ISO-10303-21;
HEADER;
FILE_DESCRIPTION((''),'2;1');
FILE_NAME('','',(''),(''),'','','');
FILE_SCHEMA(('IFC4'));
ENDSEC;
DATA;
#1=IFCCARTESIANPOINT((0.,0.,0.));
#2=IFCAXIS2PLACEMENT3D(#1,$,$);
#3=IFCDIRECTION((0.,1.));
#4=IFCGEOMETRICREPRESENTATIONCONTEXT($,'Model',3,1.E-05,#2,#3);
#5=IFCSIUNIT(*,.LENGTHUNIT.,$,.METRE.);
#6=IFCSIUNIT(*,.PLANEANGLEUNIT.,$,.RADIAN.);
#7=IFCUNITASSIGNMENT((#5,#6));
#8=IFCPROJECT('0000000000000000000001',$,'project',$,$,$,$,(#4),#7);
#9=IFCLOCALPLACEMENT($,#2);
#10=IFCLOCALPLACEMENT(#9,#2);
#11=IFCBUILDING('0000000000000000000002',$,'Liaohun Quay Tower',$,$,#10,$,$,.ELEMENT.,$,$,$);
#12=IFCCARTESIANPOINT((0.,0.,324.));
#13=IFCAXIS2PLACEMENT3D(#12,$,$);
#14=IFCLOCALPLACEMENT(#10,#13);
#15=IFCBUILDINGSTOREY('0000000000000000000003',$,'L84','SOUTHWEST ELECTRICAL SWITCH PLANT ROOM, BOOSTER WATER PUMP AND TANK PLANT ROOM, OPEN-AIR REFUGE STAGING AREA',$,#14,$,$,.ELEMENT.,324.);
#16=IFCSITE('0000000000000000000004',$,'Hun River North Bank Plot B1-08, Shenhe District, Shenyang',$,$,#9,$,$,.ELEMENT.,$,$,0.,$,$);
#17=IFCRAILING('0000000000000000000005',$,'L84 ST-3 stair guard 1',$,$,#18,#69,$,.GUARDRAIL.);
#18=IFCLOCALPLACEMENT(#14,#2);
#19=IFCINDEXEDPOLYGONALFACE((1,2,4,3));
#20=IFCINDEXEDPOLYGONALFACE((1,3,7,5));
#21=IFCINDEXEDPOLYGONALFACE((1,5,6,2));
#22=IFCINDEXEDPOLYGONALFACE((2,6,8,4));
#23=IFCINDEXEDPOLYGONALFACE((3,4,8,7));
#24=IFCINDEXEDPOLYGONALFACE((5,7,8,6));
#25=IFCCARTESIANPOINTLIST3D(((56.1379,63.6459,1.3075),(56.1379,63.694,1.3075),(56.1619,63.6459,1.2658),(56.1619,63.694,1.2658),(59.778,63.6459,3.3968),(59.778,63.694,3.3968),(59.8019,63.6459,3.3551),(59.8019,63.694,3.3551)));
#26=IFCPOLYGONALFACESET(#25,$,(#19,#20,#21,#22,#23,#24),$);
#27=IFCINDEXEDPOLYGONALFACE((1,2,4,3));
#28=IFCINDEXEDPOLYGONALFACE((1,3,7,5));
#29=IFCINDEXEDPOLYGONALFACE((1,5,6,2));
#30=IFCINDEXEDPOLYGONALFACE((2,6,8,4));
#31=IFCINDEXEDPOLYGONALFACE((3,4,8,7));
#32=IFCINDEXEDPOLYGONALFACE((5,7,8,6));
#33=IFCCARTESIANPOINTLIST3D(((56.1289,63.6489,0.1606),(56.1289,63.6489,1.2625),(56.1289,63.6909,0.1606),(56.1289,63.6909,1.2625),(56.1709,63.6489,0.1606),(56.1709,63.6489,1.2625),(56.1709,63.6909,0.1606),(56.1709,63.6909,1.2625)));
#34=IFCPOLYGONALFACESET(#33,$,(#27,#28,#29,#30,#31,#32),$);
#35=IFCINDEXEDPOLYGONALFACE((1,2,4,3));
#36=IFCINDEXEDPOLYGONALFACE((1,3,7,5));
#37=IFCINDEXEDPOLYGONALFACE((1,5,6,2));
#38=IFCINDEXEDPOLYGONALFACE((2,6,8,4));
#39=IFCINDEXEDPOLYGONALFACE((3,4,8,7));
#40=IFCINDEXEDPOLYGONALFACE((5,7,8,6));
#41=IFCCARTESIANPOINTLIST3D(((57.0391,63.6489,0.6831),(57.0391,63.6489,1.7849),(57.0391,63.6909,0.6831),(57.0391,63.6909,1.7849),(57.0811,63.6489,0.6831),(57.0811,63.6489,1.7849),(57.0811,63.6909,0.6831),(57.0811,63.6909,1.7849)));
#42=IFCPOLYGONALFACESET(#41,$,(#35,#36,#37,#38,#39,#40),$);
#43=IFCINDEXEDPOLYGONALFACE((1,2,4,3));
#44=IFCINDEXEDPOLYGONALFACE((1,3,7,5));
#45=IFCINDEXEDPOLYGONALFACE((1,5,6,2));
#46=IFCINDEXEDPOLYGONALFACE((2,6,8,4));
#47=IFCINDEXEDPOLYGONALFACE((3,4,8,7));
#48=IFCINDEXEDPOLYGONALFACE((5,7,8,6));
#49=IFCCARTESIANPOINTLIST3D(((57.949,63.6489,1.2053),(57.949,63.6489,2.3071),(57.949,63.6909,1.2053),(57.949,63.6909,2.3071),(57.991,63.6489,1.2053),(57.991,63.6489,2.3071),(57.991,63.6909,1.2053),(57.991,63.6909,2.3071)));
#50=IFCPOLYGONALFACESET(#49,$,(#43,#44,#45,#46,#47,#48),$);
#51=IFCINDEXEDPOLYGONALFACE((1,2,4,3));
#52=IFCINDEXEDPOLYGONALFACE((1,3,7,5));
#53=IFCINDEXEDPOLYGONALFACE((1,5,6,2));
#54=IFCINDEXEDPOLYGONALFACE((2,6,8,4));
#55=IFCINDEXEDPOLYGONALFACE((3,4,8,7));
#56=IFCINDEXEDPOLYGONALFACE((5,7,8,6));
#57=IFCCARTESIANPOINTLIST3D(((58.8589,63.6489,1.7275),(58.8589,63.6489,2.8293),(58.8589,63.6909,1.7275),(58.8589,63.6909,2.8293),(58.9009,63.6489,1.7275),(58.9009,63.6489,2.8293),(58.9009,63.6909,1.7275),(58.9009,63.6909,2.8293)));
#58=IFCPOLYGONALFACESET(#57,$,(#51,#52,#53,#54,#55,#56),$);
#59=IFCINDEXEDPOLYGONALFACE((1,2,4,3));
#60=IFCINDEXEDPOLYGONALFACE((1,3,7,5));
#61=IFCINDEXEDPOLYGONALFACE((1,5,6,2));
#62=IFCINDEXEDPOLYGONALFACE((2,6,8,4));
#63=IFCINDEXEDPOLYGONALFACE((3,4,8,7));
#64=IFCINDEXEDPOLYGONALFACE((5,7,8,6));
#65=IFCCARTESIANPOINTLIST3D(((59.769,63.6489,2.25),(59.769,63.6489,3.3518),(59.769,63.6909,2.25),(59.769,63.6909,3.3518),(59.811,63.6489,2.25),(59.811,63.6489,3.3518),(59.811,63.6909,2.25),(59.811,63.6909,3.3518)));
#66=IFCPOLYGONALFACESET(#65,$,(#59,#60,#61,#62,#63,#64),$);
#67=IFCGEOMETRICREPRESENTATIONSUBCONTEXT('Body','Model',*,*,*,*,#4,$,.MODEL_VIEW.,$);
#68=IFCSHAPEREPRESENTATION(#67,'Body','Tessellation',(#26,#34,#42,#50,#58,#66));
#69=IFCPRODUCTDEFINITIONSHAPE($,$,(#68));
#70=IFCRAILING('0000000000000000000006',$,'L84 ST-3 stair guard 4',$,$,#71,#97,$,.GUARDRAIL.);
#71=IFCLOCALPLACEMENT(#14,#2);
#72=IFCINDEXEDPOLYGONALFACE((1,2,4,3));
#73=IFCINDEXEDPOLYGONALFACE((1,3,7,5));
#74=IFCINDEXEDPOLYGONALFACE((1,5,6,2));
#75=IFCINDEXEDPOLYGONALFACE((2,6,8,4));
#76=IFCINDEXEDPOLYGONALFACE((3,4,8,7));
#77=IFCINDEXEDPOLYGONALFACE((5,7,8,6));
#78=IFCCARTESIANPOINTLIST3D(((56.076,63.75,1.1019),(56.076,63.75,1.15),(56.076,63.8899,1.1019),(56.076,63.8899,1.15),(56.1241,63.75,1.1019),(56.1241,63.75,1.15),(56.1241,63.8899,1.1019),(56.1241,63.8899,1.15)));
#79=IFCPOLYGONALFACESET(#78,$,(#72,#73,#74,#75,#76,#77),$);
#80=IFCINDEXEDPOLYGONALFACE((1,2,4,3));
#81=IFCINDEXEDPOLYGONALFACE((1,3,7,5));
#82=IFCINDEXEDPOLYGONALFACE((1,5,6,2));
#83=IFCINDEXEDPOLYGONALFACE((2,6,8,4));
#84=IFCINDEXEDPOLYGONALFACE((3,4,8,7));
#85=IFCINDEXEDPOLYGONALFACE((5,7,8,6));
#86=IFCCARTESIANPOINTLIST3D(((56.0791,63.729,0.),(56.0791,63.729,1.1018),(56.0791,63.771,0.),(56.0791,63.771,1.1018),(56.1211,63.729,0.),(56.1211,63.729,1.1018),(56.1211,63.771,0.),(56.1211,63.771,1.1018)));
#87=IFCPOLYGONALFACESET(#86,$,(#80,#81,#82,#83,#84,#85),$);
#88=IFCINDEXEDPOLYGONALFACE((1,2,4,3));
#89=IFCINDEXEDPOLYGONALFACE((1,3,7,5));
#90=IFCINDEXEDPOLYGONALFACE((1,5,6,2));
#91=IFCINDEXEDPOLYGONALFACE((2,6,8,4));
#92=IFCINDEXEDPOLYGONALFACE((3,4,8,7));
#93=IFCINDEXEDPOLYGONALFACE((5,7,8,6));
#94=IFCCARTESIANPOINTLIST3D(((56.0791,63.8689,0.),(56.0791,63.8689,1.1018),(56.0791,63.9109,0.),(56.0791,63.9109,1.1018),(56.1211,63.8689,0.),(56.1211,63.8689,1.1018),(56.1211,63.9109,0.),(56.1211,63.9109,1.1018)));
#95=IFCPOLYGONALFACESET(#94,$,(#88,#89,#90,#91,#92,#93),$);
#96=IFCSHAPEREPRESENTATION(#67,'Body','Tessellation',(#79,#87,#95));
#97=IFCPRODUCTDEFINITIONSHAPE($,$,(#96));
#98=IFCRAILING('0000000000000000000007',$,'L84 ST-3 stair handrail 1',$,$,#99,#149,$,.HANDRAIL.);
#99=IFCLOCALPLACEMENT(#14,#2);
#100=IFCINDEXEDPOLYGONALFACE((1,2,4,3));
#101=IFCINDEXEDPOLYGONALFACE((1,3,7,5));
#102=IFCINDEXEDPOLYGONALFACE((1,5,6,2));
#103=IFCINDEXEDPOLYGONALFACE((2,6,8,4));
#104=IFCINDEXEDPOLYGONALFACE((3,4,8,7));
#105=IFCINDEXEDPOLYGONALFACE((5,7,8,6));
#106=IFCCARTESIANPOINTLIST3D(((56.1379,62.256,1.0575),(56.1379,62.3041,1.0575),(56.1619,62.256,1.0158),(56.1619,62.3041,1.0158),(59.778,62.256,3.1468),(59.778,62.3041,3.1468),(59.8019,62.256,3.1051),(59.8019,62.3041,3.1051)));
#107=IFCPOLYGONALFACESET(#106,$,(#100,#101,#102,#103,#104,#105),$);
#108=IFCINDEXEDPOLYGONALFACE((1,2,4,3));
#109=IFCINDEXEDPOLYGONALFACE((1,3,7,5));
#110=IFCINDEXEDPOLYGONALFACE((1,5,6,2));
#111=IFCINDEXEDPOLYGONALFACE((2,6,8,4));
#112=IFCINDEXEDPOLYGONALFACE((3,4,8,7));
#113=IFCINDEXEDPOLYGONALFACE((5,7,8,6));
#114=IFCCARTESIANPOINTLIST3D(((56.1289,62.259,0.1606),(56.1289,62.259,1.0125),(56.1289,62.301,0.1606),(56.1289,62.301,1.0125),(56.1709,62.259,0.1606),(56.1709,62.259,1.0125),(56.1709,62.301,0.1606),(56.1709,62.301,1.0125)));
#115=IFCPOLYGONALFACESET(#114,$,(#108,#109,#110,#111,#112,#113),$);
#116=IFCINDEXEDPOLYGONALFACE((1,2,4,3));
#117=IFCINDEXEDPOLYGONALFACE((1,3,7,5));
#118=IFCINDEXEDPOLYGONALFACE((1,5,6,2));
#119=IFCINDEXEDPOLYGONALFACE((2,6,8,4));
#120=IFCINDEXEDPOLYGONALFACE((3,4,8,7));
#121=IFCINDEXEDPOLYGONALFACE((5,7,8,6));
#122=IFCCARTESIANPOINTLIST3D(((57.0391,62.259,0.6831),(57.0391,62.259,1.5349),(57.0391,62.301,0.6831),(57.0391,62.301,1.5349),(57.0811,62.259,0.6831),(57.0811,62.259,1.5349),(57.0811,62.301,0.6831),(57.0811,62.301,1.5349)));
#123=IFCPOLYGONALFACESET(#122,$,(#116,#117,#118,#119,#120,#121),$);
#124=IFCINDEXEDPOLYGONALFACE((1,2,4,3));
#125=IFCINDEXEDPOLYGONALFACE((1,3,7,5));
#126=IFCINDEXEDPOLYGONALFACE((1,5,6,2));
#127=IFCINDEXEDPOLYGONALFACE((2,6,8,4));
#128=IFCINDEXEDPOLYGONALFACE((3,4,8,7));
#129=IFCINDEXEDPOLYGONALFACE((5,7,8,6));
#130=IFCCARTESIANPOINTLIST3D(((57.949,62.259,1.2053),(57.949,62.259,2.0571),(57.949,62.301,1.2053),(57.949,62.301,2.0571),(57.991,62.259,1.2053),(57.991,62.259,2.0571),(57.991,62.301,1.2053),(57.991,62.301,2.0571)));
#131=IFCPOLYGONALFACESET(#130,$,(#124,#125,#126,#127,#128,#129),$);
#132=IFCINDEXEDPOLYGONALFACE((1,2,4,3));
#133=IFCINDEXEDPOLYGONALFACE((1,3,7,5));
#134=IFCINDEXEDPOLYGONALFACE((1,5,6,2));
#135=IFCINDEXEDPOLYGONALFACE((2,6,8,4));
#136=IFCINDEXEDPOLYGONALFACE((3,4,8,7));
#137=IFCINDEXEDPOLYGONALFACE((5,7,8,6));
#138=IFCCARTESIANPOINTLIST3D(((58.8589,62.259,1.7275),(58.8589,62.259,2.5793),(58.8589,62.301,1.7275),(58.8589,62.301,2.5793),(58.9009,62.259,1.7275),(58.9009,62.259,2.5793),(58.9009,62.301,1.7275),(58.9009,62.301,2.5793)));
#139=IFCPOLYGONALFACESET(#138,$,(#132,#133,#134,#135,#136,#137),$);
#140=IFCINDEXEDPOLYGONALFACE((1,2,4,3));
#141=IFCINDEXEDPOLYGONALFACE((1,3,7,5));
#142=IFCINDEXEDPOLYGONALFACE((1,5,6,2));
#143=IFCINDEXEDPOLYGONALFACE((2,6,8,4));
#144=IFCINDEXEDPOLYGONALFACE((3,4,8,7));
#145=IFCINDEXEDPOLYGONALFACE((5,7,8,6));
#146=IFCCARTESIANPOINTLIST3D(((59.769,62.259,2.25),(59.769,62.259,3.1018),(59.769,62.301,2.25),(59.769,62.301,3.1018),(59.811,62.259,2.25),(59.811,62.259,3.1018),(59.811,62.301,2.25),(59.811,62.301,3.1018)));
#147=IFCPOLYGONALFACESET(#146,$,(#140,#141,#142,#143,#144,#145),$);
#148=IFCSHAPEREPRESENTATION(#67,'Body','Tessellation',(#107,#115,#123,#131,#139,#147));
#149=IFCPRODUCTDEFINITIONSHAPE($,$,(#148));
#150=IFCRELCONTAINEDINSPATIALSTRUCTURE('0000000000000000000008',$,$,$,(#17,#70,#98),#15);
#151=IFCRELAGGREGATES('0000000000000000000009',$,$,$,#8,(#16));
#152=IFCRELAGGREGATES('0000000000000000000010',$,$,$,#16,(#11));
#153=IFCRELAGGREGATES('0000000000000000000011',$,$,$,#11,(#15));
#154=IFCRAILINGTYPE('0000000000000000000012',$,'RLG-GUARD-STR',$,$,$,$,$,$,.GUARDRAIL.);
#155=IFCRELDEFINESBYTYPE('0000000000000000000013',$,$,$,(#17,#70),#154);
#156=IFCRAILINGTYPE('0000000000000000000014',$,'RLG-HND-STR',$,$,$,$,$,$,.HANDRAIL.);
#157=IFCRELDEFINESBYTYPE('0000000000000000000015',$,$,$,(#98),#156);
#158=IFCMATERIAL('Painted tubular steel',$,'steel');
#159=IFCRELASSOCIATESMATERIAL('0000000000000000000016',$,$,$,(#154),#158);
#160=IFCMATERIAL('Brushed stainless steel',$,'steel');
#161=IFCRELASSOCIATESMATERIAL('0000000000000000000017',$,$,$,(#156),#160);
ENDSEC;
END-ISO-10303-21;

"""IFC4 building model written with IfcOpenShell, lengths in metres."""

from ifc_helpers import new_model, si_unit, direction, frame, origin, origin_2d, place, context, subcontext, project, spatial, rectangle, extrude, material, type_object, element, save


model = new_model("IFC4")

# Units and contexts
model_context = context("Model", 3, precision=1e-05, world=origin(), true_north=direction((0.0, 1.0)))
body_context = subcontext(model_context, "Body", "Model", "MODEL_VIEW")
ifc_project = project(units=[si_unit("LENGTHUNIT", "METRE"), si_unit("PLANEANGLEUNIT", "RADIAN")], contexts=[model_context])

# Site, building, storey
site_placement = place(None, origin())
site = spatial("IfcSite", under=ifc_project, at=site_placement, Name="Hun River North Bank Plot B1-08, Shenhe District, Shenyang", CompositionType="ELEMENT", RefElevation=0.0)
building_placement = place(site_placement, origin())
building = spatial("IfcBuilding", under=site, at=building_placement, Name="Liaohun Quay Tower", CompositionType="ELEMENT")
storey_placement = place(building_placement, frame((0.0, 0.0, 324.0)))
storey = spatial("IfcBuildingStorey", under=building, at=storey_placement, Name="L84", Description="SOUTHWEST ELECTRICAL SWITCH PLANT ROOM, BOOSTER WATER PUMP AND TANK PLANT ROOM, OPEN-AIR REFUGE STAGING AREA", CompositionType="ELEMENT", Elevation=324.0)

# Railings
ifc_material_1 = material(Name="Painted tubular steel", Category="steel")
railing_type_1 = type_object("IfcRailingType", Name="RLG-GUARD-STR", PredefinedType="GUARDRAIL", material=ifc_material_1)
railing_1_placement = place(storey_placement, frame((56.1499, 63.6699, 0.1606)))
element("IfcRailing", 1, at=railing_1_placement, inside=storey, type_object=railing_type_1, Name="L84 ST-3 stair guard 1", PredefinedType="GUARDRAIL", context=body_context, shape_type="SweptSolid", body=[
    extrude(rectangle(XDim=0.0481, YDim=0.0481, at=origin_2d()), frame((0.0, 0.0, 1.126), z_axis=(0.867289, 0.0, 0.497804), x_axis=(0.0, 1.0, 0.0)), (0.0, 0.0, 1.0), 4.197),
    extrude(rectangle(XDim=0.042, YDim=0.042, at=origin_2d()), origin(), (0.0, 0.0, 1.0), 1.1018),
    extrude(rectangle(XDim=0.042, YDim=0.042, at=origin_2d()), frame((0.9102, 0.0, 0.5225)), (0.0, 0.0, 1.0), 1.1018),
    extrude(rectangle(XDim=0.042, YDim=0.042, at=origin_2d()), frame((1.8201, 0.0, 1.0447)), (0.0, 0.0, 1.0), 1.1018),
    extrude(rectangle(XDim=0.042, YDim=0.042, at=origin_2d()), frame((2.73, 0.0, 1.5669)), (0.0, 0.0, 1.0), 1.1018),
    extrude(rectangle(XDim=0.042, YDim=0.042, at=origin_2d()), frame((3.6401, 0.0, 2.0894)), (0.0, 0.0, 1.0), 1.1018),
])
railing_2_placement = place(storey_placement, frame((56.1001, 63.75, 0.0)))
element("IfcRailing", 2, at=railing_2_placement, inside=storey, type_object=railing_type_1, Name="L84 ST-3 stair guard 4", PredefinedType="GUARDRAIL", context=body_context, shape_type="SweptSolid", body=[
    extrude(rectangle(XDim=0.0481, YDim=0.0481, at=origin_2d()), frame((0.0, 0.0, 1.126), z_axis=(0.0, 1.0, 0.0), x_axis=(-1.0, 0.0, 0.0)), (0.0, 0.0, 1.0), 0.1399),
    extrude(rectangle(XDim=0.042, YDim=0.042, at=origin_2d()), origin(), (0.0, 0.0, 1.0), 1.1018),
    extrude(rectangle(XDim=0.042, YDim=0.042, at=origin_2d()), frame((0.0, 0.1399, 0.0)), (0.0, 0.0, 1.0), 1.1018),
])
ifc_material_2 = material(Name="Brushed stainless steel", Category="steel")
railing_type_2 = type_object("IfcRailingType", Name="RLG-HND-STR", PredefinedType="HANDRAIL", material=ifc_material_2)
railing_3_placement = place(storey_placement, frame((56.1499, 62.28, 0.1606)))
element("IfcRailing", 3, at=railing_3_placement, inside=storey, type_object=railing_type_2, Name="L84 ST-3 stair handrail 1", PredefinedType="HANDRAIL", context=body_context, shape_type="SweptSolid", body=[
    extrude(rectangle(XDim=0.0481, YDim=0.0481, at=origin_2d()), frame((0.0, 0.0, 0.876), z_axis=(0.867289, 0.0, 0.497804), x_axis=(0.0, 1.0, 0.0)), (0.0, 0.0, 1.0), 4.197),
    extrude(rectangle(XDim=0.042, YDim=0.042, at=origin_2d()), origin(), (0.0, 0.0, 1.0), 0.8518),
    extrude(rectangle(XDim=0.042, YDim=0.042, at=origin_2d()), frame((0.9102, 0.0, 0.5225)), (0.0, 0.0, 1.0), 0.8518),
    extrude(rectangle(XDim=0.042, YDim=0.042, at=origin_2d()), frame((1.8201, 0.0, 1.0447)), (0.0, 0.0, 1.0), 0.8518),
    extrude(rectangle(XDim=0.042, YDim=0.042, at=origin_2d()), frame((2.73, 0.0, 1.5669)), (0.0, 0.0, 1.0), 0.8518),
    extrude(rectangle(XDim=0.042, YDim=0.042, at=origin_2d()), frame((3.6401, 0.0, 2.0894)), (0.0, 0.0, 1.0), 0.8518),
])

save(model, "model.ifc")
